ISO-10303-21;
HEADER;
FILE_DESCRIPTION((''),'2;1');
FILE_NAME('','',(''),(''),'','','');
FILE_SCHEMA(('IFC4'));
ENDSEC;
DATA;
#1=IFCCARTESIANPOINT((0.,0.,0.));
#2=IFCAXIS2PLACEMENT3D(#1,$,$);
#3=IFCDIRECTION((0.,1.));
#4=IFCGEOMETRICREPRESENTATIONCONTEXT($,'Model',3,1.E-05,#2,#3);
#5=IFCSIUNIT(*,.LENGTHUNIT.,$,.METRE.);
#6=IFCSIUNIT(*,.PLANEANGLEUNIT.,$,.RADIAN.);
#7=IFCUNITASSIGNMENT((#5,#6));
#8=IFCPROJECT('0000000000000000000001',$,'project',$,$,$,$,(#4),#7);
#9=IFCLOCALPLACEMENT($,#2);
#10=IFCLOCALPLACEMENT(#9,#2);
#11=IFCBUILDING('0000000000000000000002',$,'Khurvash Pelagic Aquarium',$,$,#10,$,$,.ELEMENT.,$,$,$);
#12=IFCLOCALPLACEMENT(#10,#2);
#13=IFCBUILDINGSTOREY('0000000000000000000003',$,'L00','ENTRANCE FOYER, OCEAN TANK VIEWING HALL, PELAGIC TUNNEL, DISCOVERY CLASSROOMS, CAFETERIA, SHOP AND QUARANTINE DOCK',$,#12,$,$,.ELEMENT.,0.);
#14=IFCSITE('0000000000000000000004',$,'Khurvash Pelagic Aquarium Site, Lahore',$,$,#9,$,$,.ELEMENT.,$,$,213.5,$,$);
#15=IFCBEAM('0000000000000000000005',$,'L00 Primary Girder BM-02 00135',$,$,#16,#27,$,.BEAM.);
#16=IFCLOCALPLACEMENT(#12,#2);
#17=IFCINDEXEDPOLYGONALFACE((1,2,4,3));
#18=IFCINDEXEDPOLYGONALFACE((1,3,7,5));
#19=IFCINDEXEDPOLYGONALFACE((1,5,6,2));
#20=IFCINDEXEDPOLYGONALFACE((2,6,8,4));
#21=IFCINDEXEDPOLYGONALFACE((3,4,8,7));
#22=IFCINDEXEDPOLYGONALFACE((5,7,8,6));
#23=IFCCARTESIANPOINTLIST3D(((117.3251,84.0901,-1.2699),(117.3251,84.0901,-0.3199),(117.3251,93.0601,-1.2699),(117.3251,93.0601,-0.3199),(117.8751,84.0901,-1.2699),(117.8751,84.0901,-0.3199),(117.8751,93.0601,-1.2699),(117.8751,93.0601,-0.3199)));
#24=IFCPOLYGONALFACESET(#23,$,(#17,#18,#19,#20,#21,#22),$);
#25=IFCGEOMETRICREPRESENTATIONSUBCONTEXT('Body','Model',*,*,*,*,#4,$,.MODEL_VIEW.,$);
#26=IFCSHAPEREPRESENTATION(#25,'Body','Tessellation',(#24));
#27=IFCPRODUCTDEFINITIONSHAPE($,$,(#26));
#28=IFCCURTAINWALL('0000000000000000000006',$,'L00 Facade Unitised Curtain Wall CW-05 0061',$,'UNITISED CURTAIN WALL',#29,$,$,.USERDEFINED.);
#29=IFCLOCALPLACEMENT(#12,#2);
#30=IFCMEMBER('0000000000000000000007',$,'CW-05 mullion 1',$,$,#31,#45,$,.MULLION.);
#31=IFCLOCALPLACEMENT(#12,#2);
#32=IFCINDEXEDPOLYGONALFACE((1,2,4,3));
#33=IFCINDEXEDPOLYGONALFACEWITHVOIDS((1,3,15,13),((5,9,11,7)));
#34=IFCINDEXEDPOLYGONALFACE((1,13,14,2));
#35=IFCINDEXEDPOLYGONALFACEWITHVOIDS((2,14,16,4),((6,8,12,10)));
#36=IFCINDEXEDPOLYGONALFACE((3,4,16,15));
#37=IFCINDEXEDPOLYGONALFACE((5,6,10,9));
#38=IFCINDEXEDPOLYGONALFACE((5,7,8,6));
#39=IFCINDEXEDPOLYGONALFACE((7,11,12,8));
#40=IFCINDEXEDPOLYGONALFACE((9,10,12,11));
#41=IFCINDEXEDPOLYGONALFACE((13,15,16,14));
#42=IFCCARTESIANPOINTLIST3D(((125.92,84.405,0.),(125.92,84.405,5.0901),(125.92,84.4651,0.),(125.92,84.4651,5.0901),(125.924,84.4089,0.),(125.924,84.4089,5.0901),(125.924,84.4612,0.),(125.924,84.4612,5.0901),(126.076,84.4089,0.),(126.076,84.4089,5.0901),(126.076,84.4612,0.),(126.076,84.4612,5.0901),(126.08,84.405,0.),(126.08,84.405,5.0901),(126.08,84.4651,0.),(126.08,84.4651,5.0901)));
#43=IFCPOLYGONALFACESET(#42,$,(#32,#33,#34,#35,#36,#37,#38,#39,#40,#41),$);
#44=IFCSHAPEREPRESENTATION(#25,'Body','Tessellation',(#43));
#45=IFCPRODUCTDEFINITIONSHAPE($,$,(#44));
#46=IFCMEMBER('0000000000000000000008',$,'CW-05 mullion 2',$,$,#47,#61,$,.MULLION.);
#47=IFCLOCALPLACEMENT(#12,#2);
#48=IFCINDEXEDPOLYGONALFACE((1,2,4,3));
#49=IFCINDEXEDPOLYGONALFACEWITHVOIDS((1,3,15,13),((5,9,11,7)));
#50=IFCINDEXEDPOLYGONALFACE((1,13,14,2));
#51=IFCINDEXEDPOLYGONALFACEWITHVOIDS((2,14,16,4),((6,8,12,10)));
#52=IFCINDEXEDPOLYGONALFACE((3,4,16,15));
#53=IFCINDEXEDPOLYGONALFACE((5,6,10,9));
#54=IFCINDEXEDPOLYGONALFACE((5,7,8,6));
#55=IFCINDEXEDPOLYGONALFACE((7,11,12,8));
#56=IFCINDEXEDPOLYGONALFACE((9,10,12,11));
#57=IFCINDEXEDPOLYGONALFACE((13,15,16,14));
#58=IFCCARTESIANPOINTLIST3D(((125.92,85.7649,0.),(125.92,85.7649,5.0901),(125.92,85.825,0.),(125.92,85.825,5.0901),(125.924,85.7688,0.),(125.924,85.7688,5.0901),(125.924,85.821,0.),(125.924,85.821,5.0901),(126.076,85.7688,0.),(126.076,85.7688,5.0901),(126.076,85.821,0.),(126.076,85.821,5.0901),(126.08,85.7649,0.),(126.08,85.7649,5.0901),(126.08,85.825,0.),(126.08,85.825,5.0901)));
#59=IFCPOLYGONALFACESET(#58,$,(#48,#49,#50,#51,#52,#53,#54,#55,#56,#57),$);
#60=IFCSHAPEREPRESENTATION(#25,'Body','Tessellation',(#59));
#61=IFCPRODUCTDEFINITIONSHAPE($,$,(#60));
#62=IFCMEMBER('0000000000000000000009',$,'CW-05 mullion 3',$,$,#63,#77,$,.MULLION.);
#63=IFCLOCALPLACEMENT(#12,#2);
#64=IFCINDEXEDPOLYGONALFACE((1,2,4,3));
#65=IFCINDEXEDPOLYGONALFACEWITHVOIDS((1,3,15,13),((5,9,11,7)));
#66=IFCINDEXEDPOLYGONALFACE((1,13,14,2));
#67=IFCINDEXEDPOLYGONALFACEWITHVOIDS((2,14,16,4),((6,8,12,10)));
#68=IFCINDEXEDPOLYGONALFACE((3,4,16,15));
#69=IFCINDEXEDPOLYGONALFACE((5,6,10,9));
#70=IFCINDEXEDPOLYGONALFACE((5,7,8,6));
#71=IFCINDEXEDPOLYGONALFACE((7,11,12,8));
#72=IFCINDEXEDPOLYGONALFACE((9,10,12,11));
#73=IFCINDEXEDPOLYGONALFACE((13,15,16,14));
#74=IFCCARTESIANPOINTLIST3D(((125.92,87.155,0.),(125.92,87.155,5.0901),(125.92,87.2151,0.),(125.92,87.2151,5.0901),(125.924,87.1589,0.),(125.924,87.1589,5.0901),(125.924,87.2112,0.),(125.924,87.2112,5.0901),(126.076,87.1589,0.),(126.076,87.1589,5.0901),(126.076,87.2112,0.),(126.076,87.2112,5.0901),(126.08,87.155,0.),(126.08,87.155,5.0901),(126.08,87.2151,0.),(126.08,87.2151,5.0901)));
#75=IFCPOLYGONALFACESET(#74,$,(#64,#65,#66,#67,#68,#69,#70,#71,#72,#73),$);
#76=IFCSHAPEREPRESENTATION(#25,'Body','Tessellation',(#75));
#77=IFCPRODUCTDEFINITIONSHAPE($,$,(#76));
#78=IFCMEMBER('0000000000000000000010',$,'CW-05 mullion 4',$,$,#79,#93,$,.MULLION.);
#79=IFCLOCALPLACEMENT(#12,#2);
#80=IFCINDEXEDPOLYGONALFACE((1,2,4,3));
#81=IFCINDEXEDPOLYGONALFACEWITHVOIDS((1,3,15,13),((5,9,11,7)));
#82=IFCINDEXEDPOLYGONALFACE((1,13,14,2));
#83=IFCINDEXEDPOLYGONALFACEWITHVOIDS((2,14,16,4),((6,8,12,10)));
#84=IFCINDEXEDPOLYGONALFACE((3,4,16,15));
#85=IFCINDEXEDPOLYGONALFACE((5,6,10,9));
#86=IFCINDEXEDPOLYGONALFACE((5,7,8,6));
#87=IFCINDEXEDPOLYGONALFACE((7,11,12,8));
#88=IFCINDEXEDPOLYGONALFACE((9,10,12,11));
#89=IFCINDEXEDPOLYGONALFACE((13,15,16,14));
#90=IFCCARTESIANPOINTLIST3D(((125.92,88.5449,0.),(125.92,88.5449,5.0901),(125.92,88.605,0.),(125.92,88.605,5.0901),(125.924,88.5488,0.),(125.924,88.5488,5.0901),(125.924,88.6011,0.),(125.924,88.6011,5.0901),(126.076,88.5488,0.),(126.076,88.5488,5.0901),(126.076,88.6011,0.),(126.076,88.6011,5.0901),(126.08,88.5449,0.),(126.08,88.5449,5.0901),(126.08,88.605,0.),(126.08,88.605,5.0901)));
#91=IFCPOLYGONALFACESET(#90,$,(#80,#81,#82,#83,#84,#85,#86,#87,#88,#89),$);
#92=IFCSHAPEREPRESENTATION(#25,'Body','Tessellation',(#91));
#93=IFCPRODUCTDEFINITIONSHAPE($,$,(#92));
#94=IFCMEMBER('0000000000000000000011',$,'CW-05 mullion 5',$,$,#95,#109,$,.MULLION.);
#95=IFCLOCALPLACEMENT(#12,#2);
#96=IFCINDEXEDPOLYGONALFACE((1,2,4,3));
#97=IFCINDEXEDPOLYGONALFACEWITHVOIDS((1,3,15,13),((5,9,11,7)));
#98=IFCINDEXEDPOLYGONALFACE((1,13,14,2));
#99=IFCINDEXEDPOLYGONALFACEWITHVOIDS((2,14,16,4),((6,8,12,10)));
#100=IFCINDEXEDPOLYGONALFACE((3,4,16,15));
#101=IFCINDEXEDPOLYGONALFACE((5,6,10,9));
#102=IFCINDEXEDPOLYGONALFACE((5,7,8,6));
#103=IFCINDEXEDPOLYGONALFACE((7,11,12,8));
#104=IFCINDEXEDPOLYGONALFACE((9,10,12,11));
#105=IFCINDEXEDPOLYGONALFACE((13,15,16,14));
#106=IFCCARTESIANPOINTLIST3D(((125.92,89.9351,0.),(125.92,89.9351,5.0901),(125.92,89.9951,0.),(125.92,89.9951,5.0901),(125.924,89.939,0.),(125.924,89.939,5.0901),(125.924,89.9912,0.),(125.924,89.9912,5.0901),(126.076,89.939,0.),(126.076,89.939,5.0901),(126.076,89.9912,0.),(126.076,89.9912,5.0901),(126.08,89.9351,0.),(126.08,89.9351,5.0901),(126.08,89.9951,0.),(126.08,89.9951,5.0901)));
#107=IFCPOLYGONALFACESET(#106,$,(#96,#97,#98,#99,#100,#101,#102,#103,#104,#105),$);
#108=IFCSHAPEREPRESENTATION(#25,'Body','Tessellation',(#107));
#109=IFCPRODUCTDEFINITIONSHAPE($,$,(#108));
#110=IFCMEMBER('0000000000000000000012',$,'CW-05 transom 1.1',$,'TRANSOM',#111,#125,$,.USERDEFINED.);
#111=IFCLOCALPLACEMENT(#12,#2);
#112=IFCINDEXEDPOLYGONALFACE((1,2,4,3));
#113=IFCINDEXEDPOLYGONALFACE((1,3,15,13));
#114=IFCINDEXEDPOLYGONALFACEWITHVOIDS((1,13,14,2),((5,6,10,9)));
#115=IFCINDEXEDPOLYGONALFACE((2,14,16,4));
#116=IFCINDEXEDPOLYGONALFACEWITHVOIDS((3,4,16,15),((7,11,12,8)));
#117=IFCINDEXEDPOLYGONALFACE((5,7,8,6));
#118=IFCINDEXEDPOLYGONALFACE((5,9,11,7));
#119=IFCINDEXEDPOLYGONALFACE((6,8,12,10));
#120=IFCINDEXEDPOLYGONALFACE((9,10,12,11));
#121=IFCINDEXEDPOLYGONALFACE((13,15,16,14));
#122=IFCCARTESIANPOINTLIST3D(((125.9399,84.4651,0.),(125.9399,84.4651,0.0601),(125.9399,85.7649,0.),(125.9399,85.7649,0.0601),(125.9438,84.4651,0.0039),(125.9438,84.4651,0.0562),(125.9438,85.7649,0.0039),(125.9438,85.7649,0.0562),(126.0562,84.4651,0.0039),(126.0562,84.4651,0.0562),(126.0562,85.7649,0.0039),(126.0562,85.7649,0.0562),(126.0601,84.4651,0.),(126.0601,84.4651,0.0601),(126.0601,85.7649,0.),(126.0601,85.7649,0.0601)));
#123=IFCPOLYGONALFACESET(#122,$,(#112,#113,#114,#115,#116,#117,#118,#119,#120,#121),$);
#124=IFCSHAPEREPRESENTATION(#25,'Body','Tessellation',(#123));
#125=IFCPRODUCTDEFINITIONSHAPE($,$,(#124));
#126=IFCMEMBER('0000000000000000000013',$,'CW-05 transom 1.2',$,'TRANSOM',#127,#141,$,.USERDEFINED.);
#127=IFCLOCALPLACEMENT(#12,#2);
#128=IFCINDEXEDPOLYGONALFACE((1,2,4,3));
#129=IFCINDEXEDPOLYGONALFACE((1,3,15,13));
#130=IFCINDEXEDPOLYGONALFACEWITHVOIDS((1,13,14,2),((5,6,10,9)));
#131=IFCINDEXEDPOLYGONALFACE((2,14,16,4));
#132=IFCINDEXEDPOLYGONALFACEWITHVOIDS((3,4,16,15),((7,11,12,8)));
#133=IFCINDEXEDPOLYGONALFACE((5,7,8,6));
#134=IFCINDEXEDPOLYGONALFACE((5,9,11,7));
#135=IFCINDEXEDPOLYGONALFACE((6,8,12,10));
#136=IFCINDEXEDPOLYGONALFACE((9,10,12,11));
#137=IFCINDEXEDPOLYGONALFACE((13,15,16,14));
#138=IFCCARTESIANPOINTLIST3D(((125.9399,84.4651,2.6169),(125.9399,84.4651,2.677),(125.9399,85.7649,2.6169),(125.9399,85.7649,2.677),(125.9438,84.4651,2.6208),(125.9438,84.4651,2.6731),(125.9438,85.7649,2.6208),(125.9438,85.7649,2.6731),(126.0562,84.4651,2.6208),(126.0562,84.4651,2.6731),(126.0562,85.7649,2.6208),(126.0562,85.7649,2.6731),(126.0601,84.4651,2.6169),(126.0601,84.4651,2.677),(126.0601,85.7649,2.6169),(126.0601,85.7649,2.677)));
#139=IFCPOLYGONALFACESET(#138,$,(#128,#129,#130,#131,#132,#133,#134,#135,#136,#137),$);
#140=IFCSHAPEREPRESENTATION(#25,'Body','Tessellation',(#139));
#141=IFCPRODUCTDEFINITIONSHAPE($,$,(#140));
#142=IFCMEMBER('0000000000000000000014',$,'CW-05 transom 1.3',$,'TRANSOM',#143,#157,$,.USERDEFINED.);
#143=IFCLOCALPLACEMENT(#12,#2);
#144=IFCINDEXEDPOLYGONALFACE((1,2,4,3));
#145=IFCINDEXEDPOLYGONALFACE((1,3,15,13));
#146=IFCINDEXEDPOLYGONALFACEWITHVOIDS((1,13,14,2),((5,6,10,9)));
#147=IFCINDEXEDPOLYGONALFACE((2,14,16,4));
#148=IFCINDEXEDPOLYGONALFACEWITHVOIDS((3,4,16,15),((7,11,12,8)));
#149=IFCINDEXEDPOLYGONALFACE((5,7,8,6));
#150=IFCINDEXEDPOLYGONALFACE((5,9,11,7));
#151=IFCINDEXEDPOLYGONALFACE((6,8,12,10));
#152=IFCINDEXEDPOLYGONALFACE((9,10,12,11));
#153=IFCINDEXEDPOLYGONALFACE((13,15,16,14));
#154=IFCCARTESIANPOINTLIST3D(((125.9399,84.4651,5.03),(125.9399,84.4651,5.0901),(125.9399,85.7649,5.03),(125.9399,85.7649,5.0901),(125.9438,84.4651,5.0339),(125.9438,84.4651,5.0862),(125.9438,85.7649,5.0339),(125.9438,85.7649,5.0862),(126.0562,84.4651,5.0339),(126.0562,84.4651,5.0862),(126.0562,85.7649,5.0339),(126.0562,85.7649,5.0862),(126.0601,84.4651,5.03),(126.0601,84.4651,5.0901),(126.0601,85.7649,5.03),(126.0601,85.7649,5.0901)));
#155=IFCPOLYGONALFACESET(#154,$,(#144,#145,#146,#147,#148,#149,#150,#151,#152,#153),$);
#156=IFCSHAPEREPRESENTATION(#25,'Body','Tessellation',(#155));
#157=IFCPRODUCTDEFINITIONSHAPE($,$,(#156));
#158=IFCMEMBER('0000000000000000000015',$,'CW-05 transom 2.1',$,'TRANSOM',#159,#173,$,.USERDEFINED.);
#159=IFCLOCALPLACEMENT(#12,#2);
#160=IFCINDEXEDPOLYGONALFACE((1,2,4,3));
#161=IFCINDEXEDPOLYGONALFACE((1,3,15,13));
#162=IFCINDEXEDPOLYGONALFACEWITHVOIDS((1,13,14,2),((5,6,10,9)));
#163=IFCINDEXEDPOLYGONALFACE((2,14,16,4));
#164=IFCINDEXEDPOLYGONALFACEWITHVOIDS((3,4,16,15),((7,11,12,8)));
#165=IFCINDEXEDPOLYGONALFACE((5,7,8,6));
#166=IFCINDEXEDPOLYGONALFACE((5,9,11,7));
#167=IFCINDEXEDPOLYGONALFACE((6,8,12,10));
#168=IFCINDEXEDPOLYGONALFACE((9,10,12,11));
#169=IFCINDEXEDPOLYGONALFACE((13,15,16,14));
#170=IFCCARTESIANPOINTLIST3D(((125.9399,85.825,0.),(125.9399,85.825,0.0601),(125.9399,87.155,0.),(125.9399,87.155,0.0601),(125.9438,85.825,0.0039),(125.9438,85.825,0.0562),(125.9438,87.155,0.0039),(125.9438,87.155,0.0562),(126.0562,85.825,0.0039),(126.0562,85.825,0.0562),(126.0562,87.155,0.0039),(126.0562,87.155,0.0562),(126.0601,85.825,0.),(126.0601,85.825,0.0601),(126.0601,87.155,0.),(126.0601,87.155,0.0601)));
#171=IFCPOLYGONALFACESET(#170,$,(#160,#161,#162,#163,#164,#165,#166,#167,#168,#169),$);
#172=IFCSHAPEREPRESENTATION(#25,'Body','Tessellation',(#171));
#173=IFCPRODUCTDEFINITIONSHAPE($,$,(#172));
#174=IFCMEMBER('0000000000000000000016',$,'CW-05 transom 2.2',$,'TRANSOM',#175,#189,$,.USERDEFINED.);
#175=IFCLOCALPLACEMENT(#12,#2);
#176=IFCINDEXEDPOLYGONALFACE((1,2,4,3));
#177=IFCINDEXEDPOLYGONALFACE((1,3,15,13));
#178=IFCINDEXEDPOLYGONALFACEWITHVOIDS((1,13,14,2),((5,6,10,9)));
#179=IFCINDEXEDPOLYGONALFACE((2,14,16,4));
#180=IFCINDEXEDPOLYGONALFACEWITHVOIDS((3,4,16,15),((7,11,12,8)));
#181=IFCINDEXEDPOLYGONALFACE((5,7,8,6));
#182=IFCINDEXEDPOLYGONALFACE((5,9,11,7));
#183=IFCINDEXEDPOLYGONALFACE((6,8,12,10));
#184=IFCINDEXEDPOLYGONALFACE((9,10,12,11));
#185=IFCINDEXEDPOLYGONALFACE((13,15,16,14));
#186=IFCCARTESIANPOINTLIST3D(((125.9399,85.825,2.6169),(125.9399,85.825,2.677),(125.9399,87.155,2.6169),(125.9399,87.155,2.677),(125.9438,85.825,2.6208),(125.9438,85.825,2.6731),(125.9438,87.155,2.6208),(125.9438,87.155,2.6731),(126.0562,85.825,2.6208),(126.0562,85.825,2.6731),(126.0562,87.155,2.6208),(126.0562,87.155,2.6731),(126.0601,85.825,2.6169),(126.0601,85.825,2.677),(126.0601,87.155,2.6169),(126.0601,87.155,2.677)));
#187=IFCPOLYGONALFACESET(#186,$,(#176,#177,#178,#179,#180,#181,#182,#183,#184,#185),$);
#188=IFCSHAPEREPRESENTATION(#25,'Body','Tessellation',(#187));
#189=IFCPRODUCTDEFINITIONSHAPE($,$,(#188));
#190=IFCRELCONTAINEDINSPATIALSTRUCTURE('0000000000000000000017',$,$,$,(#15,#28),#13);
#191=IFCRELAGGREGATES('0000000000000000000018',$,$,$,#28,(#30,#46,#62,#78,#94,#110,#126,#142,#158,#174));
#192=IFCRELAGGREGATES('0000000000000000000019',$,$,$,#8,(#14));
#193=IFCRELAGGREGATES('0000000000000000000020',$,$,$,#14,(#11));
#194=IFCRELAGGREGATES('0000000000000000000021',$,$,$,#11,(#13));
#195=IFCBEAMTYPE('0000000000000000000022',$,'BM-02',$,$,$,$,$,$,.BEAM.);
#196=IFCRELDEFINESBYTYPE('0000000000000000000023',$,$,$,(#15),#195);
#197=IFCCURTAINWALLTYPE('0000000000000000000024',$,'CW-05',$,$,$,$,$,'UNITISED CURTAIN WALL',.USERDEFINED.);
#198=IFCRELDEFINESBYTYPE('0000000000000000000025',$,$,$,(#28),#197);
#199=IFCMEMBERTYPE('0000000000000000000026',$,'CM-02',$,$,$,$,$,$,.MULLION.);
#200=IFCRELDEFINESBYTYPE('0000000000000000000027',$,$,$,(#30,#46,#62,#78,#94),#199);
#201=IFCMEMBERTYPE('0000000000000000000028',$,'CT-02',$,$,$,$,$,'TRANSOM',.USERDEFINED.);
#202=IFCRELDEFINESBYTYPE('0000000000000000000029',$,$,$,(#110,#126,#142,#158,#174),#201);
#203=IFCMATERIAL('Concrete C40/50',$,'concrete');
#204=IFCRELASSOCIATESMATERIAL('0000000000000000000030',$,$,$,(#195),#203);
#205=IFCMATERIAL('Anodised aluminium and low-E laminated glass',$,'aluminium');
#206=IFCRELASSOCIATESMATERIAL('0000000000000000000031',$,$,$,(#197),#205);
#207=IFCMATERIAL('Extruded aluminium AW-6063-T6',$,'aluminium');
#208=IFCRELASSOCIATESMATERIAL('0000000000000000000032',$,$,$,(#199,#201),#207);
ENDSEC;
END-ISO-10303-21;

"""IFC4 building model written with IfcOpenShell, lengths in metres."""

from ifc_helpers import new_model, si_unit, direction, frame, origin, origin_2d, place, context, subcontext, project, spatial, rectangle, hollow_rectangle, extrude, material, material_profile, profile_set, type_object, element, aggregate, save


model = new_model("IFC4")

# Units and contexts
model_context = context("Model", 3, precision=1e-05, world=origin(), true_north=direction((0.0, 1.0)))
body_context = subcontext(model_context, "Body", "Model", "MODEL_VIEW")
ifc_project = project(units=[si_unit("LENGTHUNIT", "METRE"), si_unit("PLANEANGLEUNIT", "RADIAN")], contexts=[model_context])

# Site, building, storey
site_placement = place(None, origin())
site = spatial("IfcSite", under=ifc_project, at=site_placement, Name="Khurvash Pelagic Aquarium Site, Lahore", CompositionType="ELEMENT", RefElevation=213.5)
building_placement = place(site_placement, origin())
building = spatial("IfcBuilding", under=site, at=building_placement, Name="Khurvash Pelagic Aquarium", CompositionType="ELEMENT")
storey_placement = place(building_placement, origin())
storey = spatial("IfcBuildingStorey", under=building, at=storey_placement, Name="L00", Description="ENTRANCE FOYER, OCEAN TANK VIEWING HALL, PELAGIC TUNNEL, DISCOVERY CLASSROOMS, CAFETERIA, SHOP AND QUARANTINE DOCK", CompositionType="ELEMENT", Elevation=0.0)

# Beam
ifc_material_1 = material(Name="Concrete C40/50", Category="concrete")
ifc_material_profile_1 = material_profile(ifc_material_1, rectangle(XDim=0.55, YDim=0.95, at=origin_2d()), Name="RC550X950")
ifc_profile_set_1 = profile_set([ifc_material_profile_1], Name="Concrete C40/50")
beam_type_1 = type_object("IfcBeamType", Name="BM-02", PredefinedType="BEAM", material=ifc_profile_set_1)
beam_1_placement = place(storey_placement, frame((117.6001, 84.0901, -0.7949), z_axis=(0.0, 1.0, 0.0), x_axis=(-1.0, 0.0, 0.0)))
element("IfcBeam", 1, at=beam_1_placement, inside=storey, type_object=beam_type_1, Name="L00 Primary Girder BM-02 00135", PredefinedType="BEAM", context=body_context, shape_type="SweptSolid", body=[
    extrude(rectangle(XDim=0.55, YDim=0.95, at=origin_2d()), origin(), (0.0, 0.0, 1.0), 8.97),
])

# Curtain wall, members
ifc_material_2 = material(Name="Anodised aluminium and low-E laminated glass", Category="aluminium")
curtain_wall_type = type_object("IfcCurtainWallType", Name="CW-05", ElementType="UNITISED CURTAIN WALL", PredefinedType="USERDEFINED", material=ifc_material_2)
curtain_wall_placement = place(storey_placement, origin())
curtain_wall = element("IfcCurtainWall", 2, at=curtain_wall_placement, inside=storey, type_object=curtain_wall_type, Name="L00 Facade Unitised Curtain Wall CW-05 0061", ObjectType="UNITISED CURTAIN WALL", PredefinedType="USERDEFINED")
ifc_material_3 = material(Name="Extruded aluminium AW-6063-T6", Category="aluminium")
ifc_material_profile_2 = material_profile(ifc_material_3, hollow_rectangle(XDim=0.0601, YDim=0.1599, WallThickness=0.0039, at=origin_2d()), Name="CWM60X160X4")
ifc_profile_set_2 = profile_set([ifc_material_profile_2], Name="Extruded aluminium AW-6063-T6")
member_type_1 = type_object("IfcMemberType", Name="CM-02", PredefinedType="MULLION", material=ifc_profile_set_2)
member_1_placement = place(storey_placement, frame((126.0, 84.4351, 0.0), z_axis=(0.0, 0.0, 1.0), x_axis=(0.0, 1.0, 0.0)))
member_1 = element("IfcMember", 3, at=member_1_placement, type_object=member_type_1, Name="CW-05 mullion 1", PredefinedType="MULLION", context=body_context, shape_type="SweptSolid", body=[
    extrude(hollow_rectangle(XDim=0.0601, YDim=0.1599, WallThickness=0.0039, at=origin_2d()), origin(), (0.0, 0.0, 1.0), 5.0901),
])
member_2_placement = place(storey_placement, frame((126.0, 85.7949, 0.0), z_axis=(0.0, 0.0, 1.0), x_axis=(0.0, 1.0, 0.0)))
member_2 = element("IfcMember", 4, at=member_2_placement, type_object=member_type_1, Name="CW-05 mullion 2", PredefinedType="MULLION", context=body_context, shape_type="SweptSolid", body=[
    extrude(hollow_rectangle(XDim=0.0601, YDim=0.1599, WallThickness=0.0039, at=origin_2d()), origin(), (0.0, 0.0, 1.0), 5.0901),
])
member_3_placement = place(storey_placement, frame((126.0, 87.1851, 0.0), z_axis=(0.0, 0.0, 1.0), x_axis=(0.0, 1.0, 0.0)))
member_3 = element("IfcMember", 5, at=member_3_placement, type_object=member_type_1, Name="CW-05 mullion 3", PredefinedType="MULLION", context=body_context, shape_type="SweptSolid", body=[
    extrude(hollow_rectangle(XDim=0.0601, YDim=0.1599, WallThickness=0.0039, at=origin_2d()), origin(), (0.0, 0.0, 1.0), 5.0901),
])
member_4_placement = place(storey_placement, frame((126.0, 88.575, 0.0), z_axis=(0.0, 0.0, 1.0), x_axis=(0.0, 1.0, 0.0)))
member_4 = element("IfcMember", 6, at=member_4_placement, type_object=member_type_1, Name="CW-05 mullion 4", PredefinedType="MULLION", context=body_context, shape_type="SweptSolid", body=[
    extrude(hollow_rectangle(XDim=0.0601, YDim=0.1599, WallThickness=0.0039, at=origin_2d()), origin(), (0.0, 0.0, 1.0), 5.0901),
])
member_5_placement = place(storey_placement, frame((126.0, 89.9651, 0.0), z_axis=(0.0, 0.0, 1.0), x_axis=(0.0, 1.0, 0.0)))
member_5 = element("IfcMember", 7, at=member_5_placement, type_object=member_type_1, Name="CW-05 mullion 5", PredefinedType="MULLION", context=body_context, shape_type="SweptSolid", body=[
    extrude(hollow_rectangle(XDim=0.0601, YDim=0.1599, WallThickness=0.0039, at=origin_2d()), origin(), (0.0, 0.0, 1.0), 5.0901),
])
ifc_material_profile_3 = material_profile(ifc_material_3, hollow_rectangle(XDim=0.1201, YDim=0.0601, WallThickness=0.0039, at=origin_2d()), Name="CWT120X60X4")
ifc_profile_set_3 = profile_set([ifc_material_profile_3], Name="Extruded aluminium AW-6063-T6")
member_type_2 = type_object("IfcMemberType", Name="CT-02", ElementType="TRANSOM", PredefinedType="USERDEFINED", material=ifc_profile_set_3)
member_6_placement = place(storey_placement, frame((126.0, 84.4651, 0.03), z_axis=(0.0, 1.0, 0.0), x_axis=(-1.0, 0.0, 0.0)))
member_6 = element("IfcMember", 8, at=member_6_placement, type_object=member_type_2, Name="CW-05 transom 1.1", ObjectType="TRANSOM", PredefinedType="USERDEFINED", context=body_context, shape_type="SweptSolid", body=[
    extrude(hollow_rectangle(XDim=0.1201, YDim=0.0601, WallThickness=0.0039, at=origin_2d()), origin(), (0.0, 0.0, 1.0), 1.2998),
])
member_7_placement = place(storey_placement, frame((126.0, 84.4651, 2.647), z_axis=(0.0, 1.0, 0.0), x_axis=(-1.0, 0.0, 0.0)))
member_7 = element("IfcMember", 9, at=member_7_placement, type_object=member_type_2, Name="CW-05 transom 1.2", ObjectType="TRANSOM", PredefinedType="USERDEFINED", context=body_context, shape_type="SweptSolid", body=[
    extrude(hollow_rectangle(XDim=0.1201, YDim=0.0601, WallThickness=0.0039, at=origin_2d()), origin(), (0.0, 0.0, 1.0), 1.2998),
])
member_8_placement = place(storey_placement, frame((126.0, 84.4651, 5.0601), z_axis=(0.0, 1.0, 0.0), x_axis=(-1.0, 0.0, 0.0)))
member_8 = element("IfcMember", 10, at=member_8_placement, type_object=member_type_2, Name="CW-05 transom 1.3", ObjectType="TRANSOM", PredefinedType="USERDEFINED", context=body_context, shape_type="SweptSolid", body=[
    extrude(hollow_rectangle(XDim=0.1201, YDim=0.0601, WallThickness=0.0039, at=origin_2d()), origin(), (0.0, 0.0, 1.0), 1.2998),
])
member_9_placement = place(storey_placement, frame((126.0, 85.825, 0.03), z_axis=(0.0, 1.0, 0.0), x_axis=(-1.0, 0.0, 0.0)))
member_9 = element("IfcMember", 11, at=member_9_placement, type_object=member_type_2, Name="CW-05 transom 2.1", ObjectType="TRANSOM", PredefinedType="USERDEFINED", context=body_context, shape_type="SweptSolid", body=[
    extrude(hollow_rectangle(XDim=0.1201, YDim=0.0601, WallThickness=0.0039, at=origin_2d()), origin(), (0.0, 0.0, 1.0), 1.3301),
])
member_10_placement = place(storey_placement, frame((126.0, 85.825, 2.647), z_axis=(0.0, 1.0, 0.0), x_axis=(-1.0, 0.0, 0.0)))
member_10 = element("IfcMember", 12, at=member_10_placement, type_object=member_type_2, Name="CW-05 transom 2.2", ObjectType="TRANSOM", PredefinedType="USERDEFINED", context=body_context, shape_type="SweptSolid", body=[
    extrude(hollow_rectangle(XDim=0.1201, YDim=0.0601, WallThickness=0.0039, at=origin_2d()), origin(), (0.0, 0.0, 1.0), 1.3301),
])

aggregate(curtain_wall, [member_1, member_2, member_3, member_4, member_5, member_6, member_7, member_8, member_9, member_10])

save(model, "model.ifc")
